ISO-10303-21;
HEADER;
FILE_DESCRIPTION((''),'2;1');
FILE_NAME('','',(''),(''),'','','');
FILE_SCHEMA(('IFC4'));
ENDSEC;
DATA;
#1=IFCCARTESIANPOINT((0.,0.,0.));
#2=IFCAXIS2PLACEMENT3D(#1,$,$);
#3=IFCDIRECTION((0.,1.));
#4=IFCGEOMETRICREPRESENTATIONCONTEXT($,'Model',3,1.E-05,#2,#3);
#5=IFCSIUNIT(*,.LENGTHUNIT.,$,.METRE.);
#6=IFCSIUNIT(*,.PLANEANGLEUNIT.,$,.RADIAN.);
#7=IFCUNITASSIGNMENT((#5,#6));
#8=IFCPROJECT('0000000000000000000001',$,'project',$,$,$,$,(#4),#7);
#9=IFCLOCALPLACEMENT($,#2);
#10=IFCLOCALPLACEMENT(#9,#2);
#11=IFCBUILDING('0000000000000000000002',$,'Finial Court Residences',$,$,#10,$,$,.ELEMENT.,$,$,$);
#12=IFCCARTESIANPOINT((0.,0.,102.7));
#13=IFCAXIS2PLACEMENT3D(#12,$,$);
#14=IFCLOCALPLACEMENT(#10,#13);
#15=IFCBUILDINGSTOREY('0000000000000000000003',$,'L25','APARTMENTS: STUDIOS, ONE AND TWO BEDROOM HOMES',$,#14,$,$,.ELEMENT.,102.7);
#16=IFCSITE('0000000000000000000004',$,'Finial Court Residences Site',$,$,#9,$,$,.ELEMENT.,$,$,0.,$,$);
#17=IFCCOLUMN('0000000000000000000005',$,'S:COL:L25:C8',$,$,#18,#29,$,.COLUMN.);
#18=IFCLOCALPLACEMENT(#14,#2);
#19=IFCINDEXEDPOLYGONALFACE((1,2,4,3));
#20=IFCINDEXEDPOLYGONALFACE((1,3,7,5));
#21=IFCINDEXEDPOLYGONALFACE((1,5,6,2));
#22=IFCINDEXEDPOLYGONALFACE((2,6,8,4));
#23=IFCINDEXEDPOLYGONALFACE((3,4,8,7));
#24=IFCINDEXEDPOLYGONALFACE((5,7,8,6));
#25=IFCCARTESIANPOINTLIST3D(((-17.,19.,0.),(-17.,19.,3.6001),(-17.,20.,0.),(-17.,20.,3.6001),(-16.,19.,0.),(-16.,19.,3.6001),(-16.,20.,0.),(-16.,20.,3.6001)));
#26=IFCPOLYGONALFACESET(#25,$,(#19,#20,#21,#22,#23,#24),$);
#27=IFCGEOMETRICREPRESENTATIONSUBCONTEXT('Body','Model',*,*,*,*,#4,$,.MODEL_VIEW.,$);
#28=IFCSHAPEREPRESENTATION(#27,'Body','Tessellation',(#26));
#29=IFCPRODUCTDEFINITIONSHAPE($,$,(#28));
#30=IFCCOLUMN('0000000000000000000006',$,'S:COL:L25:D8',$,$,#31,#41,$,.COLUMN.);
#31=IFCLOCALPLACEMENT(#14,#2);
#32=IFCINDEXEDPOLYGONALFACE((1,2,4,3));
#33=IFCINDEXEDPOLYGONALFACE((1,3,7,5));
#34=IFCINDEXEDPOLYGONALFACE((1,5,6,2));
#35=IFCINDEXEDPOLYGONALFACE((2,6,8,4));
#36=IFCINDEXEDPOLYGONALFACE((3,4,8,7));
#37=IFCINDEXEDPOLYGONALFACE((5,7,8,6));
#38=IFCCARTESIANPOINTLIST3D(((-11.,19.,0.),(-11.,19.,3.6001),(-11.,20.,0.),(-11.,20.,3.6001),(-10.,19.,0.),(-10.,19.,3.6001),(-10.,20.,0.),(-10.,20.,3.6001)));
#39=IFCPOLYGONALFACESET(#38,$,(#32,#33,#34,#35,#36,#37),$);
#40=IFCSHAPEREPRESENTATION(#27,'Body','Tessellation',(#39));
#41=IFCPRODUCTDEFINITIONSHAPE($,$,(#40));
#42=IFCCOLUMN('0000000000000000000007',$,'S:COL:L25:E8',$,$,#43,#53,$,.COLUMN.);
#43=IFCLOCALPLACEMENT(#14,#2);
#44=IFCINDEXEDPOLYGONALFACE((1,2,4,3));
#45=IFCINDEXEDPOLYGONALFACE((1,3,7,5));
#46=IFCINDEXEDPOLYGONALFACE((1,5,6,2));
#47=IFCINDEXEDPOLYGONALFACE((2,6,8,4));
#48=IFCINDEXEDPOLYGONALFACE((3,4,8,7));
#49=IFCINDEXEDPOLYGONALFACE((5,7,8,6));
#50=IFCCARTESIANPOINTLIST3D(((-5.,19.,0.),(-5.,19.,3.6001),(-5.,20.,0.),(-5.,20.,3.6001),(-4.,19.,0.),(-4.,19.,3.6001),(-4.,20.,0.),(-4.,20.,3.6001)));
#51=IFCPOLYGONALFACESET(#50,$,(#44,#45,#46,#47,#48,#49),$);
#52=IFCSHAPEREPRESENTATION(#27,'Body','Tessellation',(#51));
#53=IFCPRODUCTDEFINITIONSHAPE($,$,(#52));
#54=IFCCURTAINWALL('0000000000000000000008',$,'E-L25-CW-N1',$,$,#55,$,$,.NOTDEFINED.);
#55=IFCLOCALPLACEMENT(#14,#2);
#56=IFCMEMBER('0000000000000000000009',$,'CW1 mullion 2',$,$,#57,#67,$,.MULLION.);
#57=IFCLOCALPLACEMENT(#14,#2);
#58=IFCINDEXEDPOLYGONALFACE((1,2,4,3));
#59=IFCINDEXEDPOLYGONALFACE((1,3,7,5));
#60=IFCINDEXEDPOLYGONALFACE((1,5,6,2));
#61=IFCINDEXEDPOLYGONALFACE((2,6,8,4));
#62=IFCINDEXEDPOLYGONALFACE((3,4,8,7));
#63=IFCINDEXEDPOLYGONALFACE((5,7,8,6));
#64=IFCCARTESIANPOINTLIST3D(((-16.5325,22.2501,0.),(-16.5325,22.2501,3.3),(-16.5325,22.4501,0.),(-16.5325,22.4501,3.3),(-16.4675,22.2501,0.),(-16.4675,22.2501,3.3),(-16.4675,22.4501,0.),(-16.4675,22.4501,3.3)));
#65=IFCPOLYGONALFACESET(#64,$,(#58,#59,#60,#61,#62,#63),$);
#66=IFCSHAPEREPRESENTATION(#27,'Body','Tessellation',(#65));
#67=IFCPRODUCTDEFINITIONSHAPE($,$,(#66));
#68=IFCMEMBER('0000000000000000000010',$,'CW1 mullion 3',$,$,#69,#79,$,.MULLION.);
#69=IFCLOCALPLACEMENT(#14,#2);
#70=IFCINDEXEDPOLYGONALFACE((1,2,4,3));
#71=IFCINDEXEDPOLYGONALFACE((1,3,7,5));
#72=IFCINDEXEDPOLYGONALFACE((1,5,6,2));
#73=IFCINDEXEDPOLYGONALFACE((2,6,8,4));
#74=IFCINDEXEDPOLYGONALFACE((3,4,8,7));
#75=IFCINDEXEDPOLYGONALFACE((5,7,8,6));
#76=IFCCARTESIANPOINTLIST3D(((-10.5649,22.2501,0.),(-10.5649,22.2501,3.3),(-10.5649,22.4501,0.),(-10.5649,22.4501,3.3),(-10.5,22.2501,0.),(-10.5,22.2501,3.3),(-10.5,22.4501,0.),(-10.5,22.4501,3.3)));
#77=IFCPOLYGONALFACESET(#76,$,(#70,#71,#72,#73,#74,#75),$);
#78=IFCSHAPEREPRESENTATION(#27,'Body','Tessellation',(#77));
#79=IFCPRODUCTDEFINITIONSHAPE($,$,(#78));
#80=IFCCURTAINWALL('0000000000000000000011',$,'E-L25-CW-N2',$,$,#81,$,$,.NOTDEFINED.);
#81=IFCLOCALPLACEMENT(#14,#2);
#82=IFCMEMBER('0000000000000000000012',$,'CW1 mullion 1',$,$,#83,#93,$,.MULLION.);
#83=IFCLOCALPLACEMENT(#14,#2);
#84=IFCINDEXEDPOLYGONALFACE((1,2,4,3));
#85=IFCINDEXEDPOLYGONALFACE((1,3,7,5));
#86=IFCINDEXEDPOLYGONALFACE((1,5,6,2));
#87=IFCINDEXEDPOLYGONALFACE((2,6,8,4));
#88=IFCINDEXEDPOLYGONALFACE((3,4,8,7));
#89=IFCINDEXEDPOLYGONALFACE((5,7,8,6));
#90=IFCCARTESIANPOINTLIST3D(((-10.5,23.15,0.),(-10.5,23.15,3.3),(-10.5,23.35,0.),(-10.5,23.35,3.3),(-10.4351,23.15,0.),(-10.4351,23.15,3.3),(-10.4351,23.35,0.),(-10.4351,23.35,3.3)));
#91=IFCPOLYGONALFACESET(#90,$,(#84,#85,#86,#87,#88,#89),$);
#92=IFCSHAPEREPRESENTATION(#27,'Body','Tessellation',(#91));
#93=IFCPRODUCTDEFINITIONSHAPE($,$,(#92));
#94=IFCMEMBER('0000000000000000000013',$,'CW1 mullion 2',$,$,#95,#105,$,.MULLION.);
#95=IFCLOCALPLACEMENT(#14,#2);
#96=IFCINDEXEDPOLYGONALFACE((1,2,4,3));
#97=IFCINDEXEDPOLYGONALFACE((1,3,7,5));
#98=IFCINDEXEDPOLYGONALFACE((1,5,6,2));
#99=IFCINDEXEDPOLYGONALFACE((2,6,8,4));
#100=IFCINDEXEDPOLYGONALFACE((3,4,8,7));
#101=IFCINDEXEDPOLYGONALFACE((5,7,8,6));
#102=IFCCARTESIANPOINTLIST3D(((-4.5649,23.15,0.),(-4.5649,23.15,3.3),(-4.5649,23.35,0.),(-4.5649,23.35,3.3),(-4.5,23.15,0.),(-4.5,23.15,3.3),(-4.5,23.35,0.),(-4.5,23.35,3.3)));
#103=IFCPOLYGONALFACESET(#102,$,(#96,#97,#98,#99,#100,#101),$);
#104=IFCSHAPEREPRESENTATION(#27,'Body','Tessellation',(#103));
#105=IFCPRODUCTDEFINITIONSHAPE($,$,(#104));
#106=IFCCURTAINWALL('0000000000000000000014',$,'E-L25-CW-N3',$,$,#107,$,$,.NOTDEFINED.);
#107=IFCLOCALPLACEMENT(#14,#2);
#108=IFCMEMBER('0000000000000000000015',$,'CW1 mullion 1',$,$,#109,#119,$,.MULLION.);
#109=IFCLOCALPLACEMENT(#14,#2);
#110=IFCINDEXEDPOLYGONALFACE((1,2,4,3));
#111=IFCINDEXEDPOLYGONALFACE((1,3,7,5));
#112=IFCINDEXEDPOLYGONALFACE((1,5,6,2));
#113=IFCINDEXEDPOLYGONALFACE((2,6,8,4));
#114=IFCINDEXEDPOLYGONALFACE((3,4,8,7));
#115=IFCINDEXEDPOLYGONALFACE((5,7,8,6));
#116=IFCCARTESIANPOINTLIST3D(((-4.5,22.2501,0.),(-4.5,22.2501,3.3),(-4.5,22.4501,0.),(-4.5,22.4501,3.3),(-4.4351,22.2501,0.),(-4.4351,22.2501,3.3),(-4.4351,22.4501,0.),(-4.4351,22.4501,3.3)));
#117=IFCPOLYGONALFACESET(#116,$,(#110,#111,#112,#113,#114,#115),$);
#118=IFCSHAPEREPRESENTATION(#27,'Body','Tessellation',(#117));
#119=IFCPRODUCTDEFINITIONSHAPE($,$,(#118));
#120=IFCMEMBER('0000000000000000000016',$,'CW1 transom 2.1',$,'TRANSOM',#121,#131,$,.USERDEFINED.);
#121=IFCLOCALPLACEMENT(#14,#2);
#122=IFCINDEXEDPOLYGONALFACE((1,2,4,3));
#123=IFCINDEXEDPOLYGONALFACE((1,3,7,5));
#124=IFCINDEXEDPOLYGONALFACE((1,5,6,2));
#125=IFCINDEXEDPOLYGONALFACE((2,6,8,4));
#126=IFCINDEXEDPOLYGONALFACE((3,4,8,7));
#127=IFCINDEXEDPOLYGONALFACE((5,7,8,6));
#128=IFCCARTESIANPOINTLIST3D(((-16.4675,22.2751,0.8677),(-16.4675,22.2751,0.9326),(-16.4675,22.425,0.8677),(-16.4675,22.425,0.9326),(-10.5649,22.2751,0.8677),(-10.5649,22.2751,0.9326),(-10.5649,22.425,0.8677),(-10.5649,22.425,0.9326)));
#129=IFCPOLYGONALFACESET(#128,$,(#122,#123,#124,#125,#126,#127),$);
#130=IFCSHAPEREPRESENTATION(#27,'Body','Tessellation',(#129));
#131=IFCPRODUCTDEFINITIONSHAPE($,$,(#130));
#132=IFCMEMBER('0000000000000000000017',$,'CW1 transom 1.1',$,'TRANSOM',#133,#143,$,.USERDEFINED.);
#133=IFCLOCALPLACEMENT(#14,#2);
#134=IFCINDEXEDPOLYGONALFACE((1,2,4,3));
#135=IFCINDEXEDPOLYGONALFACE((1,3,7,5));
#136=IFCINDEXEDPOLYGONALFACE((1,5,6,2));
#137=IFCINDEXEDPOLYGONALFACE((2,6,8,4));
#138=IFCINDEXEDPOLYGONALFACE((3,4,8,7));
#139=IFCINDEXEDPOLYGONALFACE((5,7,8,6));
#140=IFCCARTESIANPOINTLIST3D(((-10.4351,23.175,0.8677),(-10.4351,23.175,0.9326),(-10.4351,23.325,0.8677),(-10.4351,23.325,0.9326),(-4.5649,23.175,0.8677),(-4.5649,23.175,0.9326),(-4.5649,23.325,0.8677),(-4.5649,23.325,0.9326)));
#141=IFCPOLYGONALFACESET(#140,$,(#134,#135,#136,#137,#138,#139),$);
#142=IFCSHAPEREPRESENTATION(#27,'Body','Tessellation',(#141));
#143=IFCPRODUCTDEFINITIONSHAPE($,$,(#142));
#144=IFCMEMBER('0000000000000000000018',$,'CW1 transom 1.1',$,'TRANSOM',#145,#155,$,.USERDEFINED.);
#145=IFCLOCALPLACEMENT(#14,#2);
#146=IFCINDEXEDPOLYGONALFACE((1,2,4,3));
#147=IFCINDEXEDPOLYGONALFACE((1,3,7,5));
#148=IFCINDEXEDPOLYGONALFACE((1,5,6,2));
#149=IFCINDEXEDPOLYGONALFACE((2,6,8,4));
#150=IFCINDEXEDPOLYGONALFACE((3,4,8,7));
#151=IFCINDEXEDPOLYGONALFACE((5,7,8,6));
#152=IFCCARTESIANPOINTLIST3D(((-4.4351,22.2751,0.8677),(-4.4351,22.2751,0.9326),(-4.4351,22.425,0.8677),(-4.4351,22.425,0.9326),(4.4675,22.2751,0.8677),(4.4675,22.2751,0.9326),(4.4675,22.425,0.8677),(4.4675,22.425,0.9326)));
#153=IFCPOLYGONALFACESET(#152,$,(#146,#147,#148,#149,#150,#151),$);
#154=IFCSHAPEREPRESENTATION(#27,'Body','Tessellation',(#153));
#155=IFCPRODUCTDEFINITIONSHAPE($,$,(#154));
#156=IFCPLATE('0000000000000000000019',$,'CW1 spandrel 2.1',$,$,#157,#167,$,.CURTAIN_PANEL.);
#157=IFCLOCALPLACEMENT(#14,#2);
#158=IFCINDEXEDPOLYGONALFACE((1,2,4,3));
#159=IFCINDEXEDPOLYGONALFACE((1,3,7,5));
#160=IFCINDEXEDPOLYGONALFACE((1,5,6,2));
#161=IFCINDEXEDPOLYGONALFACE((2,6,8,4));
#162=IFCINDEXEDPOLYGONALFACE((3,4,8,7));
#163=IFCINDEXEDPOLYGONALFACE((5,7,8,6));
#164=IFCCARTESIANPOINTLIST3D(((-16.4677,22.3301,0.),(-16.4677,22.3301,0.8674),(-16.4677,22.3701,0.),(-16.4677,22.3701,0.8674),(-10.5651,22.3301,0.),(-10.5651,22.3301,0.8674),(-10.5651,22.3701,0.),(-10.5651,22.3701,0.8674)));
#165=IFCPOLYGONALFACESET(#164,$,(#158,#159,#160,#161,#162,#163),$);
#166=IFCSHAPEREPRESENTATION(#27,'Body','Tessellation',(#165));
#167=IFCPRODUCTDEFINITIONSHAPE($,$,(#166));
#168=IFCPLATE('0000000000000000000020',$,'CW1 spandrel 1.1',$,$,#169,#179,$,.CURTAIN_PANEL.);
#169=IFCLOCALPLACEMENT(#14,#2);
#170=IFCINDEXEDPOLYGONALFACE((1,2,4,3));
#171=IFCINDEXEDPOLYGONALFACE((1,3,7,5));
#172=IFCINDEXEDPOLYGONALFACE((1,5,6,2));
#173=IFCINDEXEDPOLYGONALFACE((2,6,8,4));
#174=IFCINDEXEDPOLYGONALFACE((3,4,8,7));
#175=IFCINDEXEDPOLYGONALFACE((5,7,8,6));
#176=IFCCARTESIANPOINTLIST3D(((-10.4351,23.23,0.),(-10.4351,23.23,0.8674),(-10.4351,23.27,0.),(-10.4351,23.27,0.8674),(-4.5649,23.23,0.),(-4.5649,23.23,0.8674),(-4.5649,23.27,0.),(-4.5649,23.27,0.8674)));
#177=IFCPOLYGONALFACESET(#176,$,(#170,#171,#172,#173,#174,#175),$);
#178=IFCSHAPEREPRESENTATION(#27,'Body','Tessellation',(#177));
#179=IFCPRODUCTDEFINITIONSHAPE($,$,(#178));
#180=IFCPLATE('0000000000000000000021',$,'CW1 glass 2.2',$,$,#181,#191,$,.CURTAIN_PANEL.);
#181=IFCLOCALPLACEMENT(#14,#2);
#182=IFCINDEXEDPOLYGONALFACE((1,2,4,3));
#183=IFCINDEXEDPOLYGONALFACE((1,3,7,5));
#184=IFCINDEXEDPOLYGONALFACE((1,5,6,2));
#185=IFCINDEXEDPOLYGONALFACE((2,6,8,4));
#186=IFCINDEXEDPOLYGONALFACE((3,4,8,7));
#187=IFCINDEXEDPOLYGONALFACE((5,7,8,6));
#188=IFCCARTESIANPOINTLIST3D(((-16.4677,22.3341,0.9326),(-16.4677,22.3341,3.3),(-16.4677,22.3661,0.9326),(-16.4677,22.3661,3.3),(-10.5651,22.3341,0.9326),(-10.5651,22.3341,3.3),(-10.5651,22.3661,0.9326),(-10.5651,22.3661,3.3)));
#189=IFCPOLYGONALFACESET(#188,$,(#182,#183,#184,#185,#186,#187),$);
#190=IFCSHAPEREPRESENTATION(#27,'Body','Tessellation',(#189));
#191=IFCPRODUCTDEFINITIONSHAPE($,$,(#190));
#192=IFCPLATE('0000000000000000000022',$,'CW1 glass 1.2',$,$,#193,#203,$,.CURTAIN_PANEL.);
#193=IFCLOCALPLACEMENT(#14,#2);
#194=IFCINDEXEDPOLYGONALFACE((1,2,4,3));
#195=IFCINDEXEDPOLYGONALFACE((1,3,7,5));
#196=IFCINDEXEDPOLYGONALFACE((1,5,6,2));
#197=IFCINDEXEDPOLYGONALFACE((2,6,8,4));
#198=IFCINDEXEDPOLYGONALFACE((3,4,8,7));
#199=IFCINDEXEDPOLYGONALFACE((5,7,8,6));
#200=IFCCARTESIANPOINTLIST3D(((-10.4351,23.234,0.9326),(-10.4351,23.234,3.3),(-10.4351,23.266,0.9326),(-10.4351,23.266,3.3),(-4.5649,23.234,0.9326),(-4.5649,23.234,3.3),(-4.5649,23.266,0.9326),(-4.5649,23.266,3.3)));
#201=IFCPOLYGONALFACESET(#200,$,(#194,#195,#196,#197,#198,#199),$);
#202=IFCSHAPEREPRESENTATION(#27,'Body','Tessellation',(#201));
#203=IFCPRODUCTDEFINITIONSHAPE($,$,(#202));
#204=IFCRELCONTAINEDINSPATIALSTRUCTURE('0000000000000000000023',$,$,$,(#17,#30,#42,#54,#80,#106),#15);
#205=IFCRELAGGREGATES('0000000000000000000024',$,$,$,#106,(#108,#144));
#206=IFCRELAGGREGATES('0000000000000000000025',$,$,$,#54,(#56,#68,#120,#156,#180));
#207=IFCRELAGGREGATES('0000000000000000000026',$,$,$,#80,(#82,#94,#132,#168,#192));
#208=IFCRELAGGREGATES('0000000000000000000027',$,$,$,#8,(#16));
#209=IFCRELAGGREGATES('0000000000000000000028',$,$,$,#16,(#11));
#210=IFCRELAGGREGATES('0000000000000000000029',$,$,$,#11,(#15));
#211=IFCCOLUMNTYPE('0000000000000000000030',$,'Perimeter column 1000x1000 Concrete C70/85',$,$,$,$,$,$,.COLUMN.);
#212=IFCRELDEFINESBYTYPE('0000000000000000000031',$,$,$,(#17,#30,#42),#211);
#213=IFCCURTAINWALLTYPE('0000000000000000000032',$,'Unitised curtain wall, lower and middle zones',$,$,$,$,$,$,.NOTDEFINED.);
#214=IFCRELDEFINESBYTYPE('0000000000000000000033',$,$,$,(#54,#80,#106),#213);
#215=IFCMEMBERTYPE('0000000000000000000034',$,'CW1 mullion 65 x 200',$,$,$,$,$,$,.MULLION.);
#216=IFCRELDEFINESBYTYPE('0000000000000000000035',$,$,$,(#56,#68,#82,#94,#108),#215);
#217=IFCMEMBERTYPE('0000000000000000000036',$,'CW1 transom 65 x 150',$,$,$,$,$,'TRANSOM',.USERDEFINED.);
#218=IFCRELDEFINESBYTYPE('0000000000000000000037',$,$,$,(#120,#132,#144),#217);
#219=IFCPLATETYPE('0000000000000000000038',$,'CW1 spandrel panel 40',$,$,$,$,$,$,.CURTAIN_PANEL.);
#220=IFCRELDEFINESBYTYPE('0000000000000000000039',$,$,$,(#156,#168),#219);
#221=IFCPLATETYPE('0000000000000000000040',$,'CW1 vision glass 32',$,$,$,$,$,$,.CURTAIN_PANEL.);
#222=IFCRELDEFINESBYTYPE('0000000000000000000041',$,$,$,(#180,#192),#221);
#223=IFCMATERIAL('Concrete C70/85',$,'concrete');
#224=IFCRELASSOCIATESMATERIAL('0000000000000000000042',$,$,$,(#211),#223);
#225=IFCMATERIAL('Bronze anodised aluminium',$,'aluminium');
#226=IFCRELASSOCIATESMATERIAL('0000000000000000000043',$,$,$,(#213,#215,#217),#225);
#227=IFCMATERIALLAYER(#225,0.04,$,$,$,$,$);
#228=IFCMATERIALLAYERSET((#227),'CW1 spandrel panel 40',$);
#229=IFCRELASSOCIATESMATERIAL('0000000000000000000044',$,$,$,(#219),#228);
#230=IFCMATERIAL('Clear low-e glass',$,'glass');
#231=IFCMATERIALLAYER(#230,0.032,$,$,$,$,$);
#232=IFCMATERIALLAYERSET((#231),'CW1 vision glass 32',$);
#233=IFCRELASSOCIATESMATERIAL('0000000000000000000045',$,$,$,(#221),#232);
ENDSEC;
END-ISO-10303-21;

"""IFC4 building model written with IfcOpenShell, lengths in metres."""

from ifc_helpers import new_model, si_unit, direction, frame, origin, origin_2d, place, context, subcontext, project, spatial, rectangle, extrude, material, layer, layer_set, material_profile, profile_set, type_object, element, aggregate, save


model = new_model("IFC4")

# Units and contexts
model_context = context("Model", 3, precision=1e-05, world=origin(), true_north=direction((0.0, 1.0)))
body_context = subcontext(model_context, "Body", "Model", "MODEL_VIEW")
ifc_project = project(units=[si_unit("LENGTHUNIT", "METRE"), si_unit("PLANEANGLEUNIT", "RADIAN")], contexts=[model_context])

# Site, building, storey
site_placement = place(None, origin())
site = spatial("IfcSite", under=ifc_project, at=site_placement, Name="Finial Court Residences Site", CompositionType="ELEMENT", RefElevation=0.0)
building_placement = place(site_placement, origin())
building = spatial("IfcBuilding", under=site, at=building_placement, Name="Finial Court Residences", CompositionType="ELEMENT")
storey_placement = place(building_placement, frame((0.0, 0.0, 102.7)))
storey = spatial("IfcBuildingStorey", under=building, at=storey_placement, Name="L25", Description="APARTMENTS: STUDIOS, ONE AND TWO BEDROOM HOMES", CompositionType="ELEMENT", Elevation=102.7)

# Columns
ifc_material_1 = material(Name="Concrete C70/85", Category="concrete")
ifc_material_profile_1 = material_profile(ifc_material_1, rectangle(XDim=1.0, YDim=1.0, at=origin_2d()), Name="1000x1000")
ifc_profile_set_1 = profile_set([ifc_material_profile_1], Name="Concrete C70/85")
column_type = type_object("IfcColumnType", Name="Perimeter column 1000x1000 Concrete C70/85", PredefinedType="COLUMN", material=ifc_profile_set_1)
for number, where, z_axis, x_axis, name in (
    (1, (-16.5, 19.5, 0.0), (0.0, 0.0, 1.0), (1.0, 0.0, 0.0), "S:COL:L25:C8"),
    (2, (-10.5, 19.5, 0.0), (0.0, 0.0, 1.0), (1.0, 0.0, 0.0), "S:COL:L25:D8"),
    (3, (-4.5, 19.5, 0.0), (0.0, 0.0, 1.0), (1.0, 0.0, 0.0), "S:COL:L25:E8"),
):
    element("IfcColumn", number, at=place(storey_placement, frame(where, z_axis=z_axis, x_axis=x_axis)), inside=storey, type_object=column_type, Name=name, PredefinedType="COLUMN", context=body_context, shape_type="SweptSolid", body=[
        extrude(rectangle(XDim=1.0, YDim=1.0, at=origin_2d()), origin(), (0.0, 0.0, 1.0), 3.6001),
    ])

# Curtain walls, members
ifc_material_2 = material(Name="Bronze anodised aluminium", Category="aluminium")
curtain_wall_type = type_object("IfcCurtainWallType", Name="Unitised curtain wall, lower and middle zones", PredefinedType="NOTDEFINED", material=ifc_material_2)
curtain_wall_1_placement = place(storey_placement, origin())
curtain_wall_1 = element("IfcCurtainWall", 4, at=curtain_wall_1_placement, inside=storey, type_object=curtain_wall_type, Name="E-L25-CW-N1", PredefinedType="NOTDEFINED")
ifc_material_profile_2 = material_profile(ifc_material_2, rectangle(XDim=0.2, YDim=0.0649, at=origin_2d()), Name="CW1 mullion 65 x 200")
ifc_profile_set_2 = profile_set([ifc_material_profile_2], Name="Bronze anodised aluminium")
member_type_1 = type_object("IfcMemberType", Name="CW1 mullion 65 x 200", PredefinedType="MULLION", material=ifc_profile_set_2)
member_1_placement = place(storey_placement, frame((-16.5, 22.3501, 0.0), z_axis=(0.0, 0.0, 1.0), x_axis=(0.0, 1.0, 0.0)))
member_1 = element("IfcMember", 5, at=member_1_placement, type_object=member_type_1, Name="CW1 mullion 2", PredefinedType="MULLION", context=body_context, shape_type="SweptSolid", body=[
    extrude(rectangle(XDim=0.2, YDim=0.0649, at=origin_2d()), origin(), (0.0, 0.0, 1.0), 3.3),
])
member_2_placement = place(storey_placement, frame((-10.5325, 22.3501, 0.0), z_axis=(0.0, 0.0, 1.0), x_axis=(0.0, 1.0, 0.0)))
member_2 = element("IfcMember", 6, at=member_2_placement, type_object=member_type_1, Name="CW1 mullion 3", PredefinedType="MULLION", context=body_context, shape_type="SweptSolid", body=[
    extrude(rectangle(XDim=0.2, YDim=0.0649, at=origin_2d()), origin(), (0.0, 0.0, 1.0), 3.3),
])
curtain_wall_2_placement = place(storey_placement, origin())
curtain_wall_2 = element("IfcCurtainWall", 7, at=curtain_wall_2_placement, inside=storey, type_object=curtain_wall_type, Name="E-L25-CW-N2", PredefinedType="NOTDEFINED")
member_3_placement = place(storey_placement, frame((-10.4675, 23.25, 0.0), z_axis=(0.0, 0.0, 1.0), x_axis=(0.0, 1.0, 0.0)))
member_3 = element("IfcMember", 8, at=member_3_placement, type_object=member_type_1, Name="CW1 mullion 1", PredefinedType="MULLION", context=body_context, shape_type="SweptSolid", body=[
    extrude(rectangle(XDim=0.2, YDim=0.0649, at=origin_2d()), origin(), (0.0, 0.0, 1.0), 3.3),
])
member_4_placement = place(storey_placement, frame((-4.5325, 23.25, 0.0), z_axis=(0.0, 0.0, 1.0), x_axis=(0.0, 1.0, 0.0)))
member_4 = element("IfcMember", 9, at=member_4_placement, type_object=member_type_1, Name="CW1 mullion 2", PredefinedType="MULLION", context=body_context, shape_type="SweptSolid", body=[
    extrude(rectangle(XDim=0.2, YDim=0.0649, at=origin_2d()), origin(), (0.0, 0.0, 1.0), 3.3),
])

# Curtain wall, member
curtain_wall_3_placement = place(storey_placement, origin())
curtain_wall_3 = element("IfcCurtainWall", 10, at=curtain_wall_3_placement, inside=storey, type_object=curtain_wall_type, Name="E-L25-CW-N3", PredefinedType="NOTDEFINED")
member_5_placement = place(storey_placement, frame((-4.4675, 22.3501, 0.0), z_axis=(0.0, 0.0, 1.0), x_axis=(0.0, 1.0, 0.0)))
member_5 = element("IfcMember", 11, at=member_5_placement, type_object=member_type_1, Name="CW1 mullion 1", PredefinedType="MULLION", context=body_context, shape_type="SweptSolid", body=[
    extrude(rectangle(XDim=0.2, YDim=0.0649, at=origin_2d()), origin(), (0.0, 0.0, 1.0), 3.3),
])

# Members
ifc_material_profile_3 = material_profile(ifc_material_2, rectangle(XDim=0.1499, YDim=0.0649, at=origin_2d()), Name="CW1 transom 65 x 150")
ifc_profile_set_3 = profile_set([ifc_material_profile_3], Name="Bronze anodised aluminium")
member_type_2 = type_object("IfcMemberType", Name="CW1 transom 65 x 150", ElementType="TRANSOM", PredefinedType="USERDEFINED", material=ifc_profile_set_3)
member_6_placement = place(storey_placement, frame((-16.4675, 22.3501, 0.9001), z_axis=(1.0, 0.0, 0.0), x_axis=(0.0, 1.0, 0.0)))
member_6 = element("IfcMember", 12, at=member_6_placement, type_object=member_type_2, Name="CW1 transom 2.1", ObjectType="TRANSOM", PredefinedType="USERDEFINED", context=body_context, shape_type="SweptSolid", body=[
    extrude(rectangle(XDim=0.1499, YDim=0.0649, at=origin_2d()), origin(), (0.0, 0.0, 1.0), 5.9026),
])
member_7_placement = place(storey_placement, frame((-10.4351, 23.25, 0.9001), z_axis=(1.0, 0.0, 0.0), x_axis=(0.0, 1.0, 0.0)))
member_7 = element("IfcMember", 13, at=member_7_placement, type_object=member_type_2, Name="CW1 transom 1.1", ObjectType="TRANSOM", PredefinedType="USERDEFINED", context=body_context, shape_type="SweptSolid", body=[
    extrude(rectangle(XDim=0.1499, YDim=0.0649, at=origin_2d()), origin(), (0.0, 0.0, 1.0), 5.8701),
])
member_8_placement = place(storey_placement, frame((-4.4351, 22.3501, 0.9001), z_axis=(1.0, 0.0, 0.0), x_axis=(0.0, 1.0, 0.0)))
member_8 = element("IfcMember", 14, at=member_8_placement, type_object=member_type_2, Name="CW1 transom 1.1", ObjectType="TRANSOM", PredefinedType="USERDEFINED", context=body_context, shape_type="SweptSolid", body=[
    extrude(rectangle(XDim=0.1499, YDim=0.0649, at=origin_2d()), origin(), (0.0, 0.0, 1.0), 8.9026),
])
aggregate(curtain_wall_3, [member_5, member_8])

# Plates
ifc_layer_1 = layer(ifc_material_2, 0.04)
ifc_layer_set_1 = layer_set([ifc_layer_1], Name="CW1 spandrel panel 40")
plate_type_1 = type_object("IfcPlateType", Name="CW1 spandrel panel 40", PredefinedType="CURTAIN_PANEL", material=ifc_layer_set_1)
plate_1_placement = place(storey_placement, frame((-13.5164, 22.3501, 0.0), z_axis=(0.0, 0.0, 1.0), x_axis=(1.0, 0.0, 0.0)))
plate_1 = element("IfcPlate", 15, at=plate_1_placement, type_object=plate_type_1, Name="CW1 spandrel 2.1", PredefinedType="CURTAIN_PANEL", context=body_context, shape_type="SweptSolid", body=[
    extrude(rectangle(XDim=5.9026, YDim=0.04, at=origin_2d()), origin(), (0.0, 0.0, 1.0), 0.8674),
])
plate_2_placement = place(storey_placement, frame((-7.5, 23.25, 0.0), z_axis=(0.0, 0.0, 1.0), x_axis=(1.0, 0.0, 0.0)))
plate_2 = element("IfcPlate", 16, at=plate_2_placement, type_object=plate_type_1, Name="CW1 spandrel 1.1", PredefinedType="CURTAIN_PANEL", context=body_context, shape_type="SweptSolid", body=[
    extrude(rectangle(XDim=5.8701, YDim=0.04, at=origin_2d()), origin(), (0.0, 0.0, 1.0), 0.8674),
])
ifc_material_3 = material(Name="Clear low-e glass", Category="glass")
ifc_layer_2 = layer(ifc_material_3, 0.032)
ifc_layer_set_2 = layer_set([ifc_layer_2], Name="CW1 vision glass 32")
plate_type_2 = type_object("IfcPlateType", Name="CW1 vision glass 32", PredefinedType="CURTAIN_PANEL", material=ifc_layer_set_2)
plate_3_placement = place(storey_placement, frame((-13.5164, 22.3501, 0.9326), z_axis=(0.0, 0.0, 1.0), x_axis=(1.0, 0.0, 0.0)))
plate_3 = element("IfcPlate", 17, at=plate_3_placement, type_object=plate_type_2, Name="CW1 glass 2.2", PredefinedType="CURTAIN_PANEL", context=body_context, shape_type="SweptSolid", body=[
    extrude(rectangle(XDim=5.9026, YDim=0.032, at=origin_2d()), origin(), (0.0, 0.0, 1.0), 2.3674),
])
aggregate(curtain_wall_1, [member_1, member_2, member_6, plate_1, plate_3])
plate_4_placement = place(storey_placement, frame((-7.5, 23.25, 0.9326), z_axis=(0.0, 0.0, 1.0), x_axis=(1.0, 0.0, 0.0)))
plate_4 = element("IfcPlate", 18, at=plate_4_placement, type_object=plate_type_2, Name="CW1 glass 1.2", PredefinedType="CURTAIN_PANEL", context=body_context, shape_type="SweptSolid", body=[
    extrude(rectangle(XDim=5.8701, YDim=0.032, at=origin_2d()), origin(), (0.0, 0.0, 1.0), 2.3674),
])
aggregate(curtain_wall_2, [member_3, member_4, member_7, plate_2, plate_4])

save(model, "model.ifc")
